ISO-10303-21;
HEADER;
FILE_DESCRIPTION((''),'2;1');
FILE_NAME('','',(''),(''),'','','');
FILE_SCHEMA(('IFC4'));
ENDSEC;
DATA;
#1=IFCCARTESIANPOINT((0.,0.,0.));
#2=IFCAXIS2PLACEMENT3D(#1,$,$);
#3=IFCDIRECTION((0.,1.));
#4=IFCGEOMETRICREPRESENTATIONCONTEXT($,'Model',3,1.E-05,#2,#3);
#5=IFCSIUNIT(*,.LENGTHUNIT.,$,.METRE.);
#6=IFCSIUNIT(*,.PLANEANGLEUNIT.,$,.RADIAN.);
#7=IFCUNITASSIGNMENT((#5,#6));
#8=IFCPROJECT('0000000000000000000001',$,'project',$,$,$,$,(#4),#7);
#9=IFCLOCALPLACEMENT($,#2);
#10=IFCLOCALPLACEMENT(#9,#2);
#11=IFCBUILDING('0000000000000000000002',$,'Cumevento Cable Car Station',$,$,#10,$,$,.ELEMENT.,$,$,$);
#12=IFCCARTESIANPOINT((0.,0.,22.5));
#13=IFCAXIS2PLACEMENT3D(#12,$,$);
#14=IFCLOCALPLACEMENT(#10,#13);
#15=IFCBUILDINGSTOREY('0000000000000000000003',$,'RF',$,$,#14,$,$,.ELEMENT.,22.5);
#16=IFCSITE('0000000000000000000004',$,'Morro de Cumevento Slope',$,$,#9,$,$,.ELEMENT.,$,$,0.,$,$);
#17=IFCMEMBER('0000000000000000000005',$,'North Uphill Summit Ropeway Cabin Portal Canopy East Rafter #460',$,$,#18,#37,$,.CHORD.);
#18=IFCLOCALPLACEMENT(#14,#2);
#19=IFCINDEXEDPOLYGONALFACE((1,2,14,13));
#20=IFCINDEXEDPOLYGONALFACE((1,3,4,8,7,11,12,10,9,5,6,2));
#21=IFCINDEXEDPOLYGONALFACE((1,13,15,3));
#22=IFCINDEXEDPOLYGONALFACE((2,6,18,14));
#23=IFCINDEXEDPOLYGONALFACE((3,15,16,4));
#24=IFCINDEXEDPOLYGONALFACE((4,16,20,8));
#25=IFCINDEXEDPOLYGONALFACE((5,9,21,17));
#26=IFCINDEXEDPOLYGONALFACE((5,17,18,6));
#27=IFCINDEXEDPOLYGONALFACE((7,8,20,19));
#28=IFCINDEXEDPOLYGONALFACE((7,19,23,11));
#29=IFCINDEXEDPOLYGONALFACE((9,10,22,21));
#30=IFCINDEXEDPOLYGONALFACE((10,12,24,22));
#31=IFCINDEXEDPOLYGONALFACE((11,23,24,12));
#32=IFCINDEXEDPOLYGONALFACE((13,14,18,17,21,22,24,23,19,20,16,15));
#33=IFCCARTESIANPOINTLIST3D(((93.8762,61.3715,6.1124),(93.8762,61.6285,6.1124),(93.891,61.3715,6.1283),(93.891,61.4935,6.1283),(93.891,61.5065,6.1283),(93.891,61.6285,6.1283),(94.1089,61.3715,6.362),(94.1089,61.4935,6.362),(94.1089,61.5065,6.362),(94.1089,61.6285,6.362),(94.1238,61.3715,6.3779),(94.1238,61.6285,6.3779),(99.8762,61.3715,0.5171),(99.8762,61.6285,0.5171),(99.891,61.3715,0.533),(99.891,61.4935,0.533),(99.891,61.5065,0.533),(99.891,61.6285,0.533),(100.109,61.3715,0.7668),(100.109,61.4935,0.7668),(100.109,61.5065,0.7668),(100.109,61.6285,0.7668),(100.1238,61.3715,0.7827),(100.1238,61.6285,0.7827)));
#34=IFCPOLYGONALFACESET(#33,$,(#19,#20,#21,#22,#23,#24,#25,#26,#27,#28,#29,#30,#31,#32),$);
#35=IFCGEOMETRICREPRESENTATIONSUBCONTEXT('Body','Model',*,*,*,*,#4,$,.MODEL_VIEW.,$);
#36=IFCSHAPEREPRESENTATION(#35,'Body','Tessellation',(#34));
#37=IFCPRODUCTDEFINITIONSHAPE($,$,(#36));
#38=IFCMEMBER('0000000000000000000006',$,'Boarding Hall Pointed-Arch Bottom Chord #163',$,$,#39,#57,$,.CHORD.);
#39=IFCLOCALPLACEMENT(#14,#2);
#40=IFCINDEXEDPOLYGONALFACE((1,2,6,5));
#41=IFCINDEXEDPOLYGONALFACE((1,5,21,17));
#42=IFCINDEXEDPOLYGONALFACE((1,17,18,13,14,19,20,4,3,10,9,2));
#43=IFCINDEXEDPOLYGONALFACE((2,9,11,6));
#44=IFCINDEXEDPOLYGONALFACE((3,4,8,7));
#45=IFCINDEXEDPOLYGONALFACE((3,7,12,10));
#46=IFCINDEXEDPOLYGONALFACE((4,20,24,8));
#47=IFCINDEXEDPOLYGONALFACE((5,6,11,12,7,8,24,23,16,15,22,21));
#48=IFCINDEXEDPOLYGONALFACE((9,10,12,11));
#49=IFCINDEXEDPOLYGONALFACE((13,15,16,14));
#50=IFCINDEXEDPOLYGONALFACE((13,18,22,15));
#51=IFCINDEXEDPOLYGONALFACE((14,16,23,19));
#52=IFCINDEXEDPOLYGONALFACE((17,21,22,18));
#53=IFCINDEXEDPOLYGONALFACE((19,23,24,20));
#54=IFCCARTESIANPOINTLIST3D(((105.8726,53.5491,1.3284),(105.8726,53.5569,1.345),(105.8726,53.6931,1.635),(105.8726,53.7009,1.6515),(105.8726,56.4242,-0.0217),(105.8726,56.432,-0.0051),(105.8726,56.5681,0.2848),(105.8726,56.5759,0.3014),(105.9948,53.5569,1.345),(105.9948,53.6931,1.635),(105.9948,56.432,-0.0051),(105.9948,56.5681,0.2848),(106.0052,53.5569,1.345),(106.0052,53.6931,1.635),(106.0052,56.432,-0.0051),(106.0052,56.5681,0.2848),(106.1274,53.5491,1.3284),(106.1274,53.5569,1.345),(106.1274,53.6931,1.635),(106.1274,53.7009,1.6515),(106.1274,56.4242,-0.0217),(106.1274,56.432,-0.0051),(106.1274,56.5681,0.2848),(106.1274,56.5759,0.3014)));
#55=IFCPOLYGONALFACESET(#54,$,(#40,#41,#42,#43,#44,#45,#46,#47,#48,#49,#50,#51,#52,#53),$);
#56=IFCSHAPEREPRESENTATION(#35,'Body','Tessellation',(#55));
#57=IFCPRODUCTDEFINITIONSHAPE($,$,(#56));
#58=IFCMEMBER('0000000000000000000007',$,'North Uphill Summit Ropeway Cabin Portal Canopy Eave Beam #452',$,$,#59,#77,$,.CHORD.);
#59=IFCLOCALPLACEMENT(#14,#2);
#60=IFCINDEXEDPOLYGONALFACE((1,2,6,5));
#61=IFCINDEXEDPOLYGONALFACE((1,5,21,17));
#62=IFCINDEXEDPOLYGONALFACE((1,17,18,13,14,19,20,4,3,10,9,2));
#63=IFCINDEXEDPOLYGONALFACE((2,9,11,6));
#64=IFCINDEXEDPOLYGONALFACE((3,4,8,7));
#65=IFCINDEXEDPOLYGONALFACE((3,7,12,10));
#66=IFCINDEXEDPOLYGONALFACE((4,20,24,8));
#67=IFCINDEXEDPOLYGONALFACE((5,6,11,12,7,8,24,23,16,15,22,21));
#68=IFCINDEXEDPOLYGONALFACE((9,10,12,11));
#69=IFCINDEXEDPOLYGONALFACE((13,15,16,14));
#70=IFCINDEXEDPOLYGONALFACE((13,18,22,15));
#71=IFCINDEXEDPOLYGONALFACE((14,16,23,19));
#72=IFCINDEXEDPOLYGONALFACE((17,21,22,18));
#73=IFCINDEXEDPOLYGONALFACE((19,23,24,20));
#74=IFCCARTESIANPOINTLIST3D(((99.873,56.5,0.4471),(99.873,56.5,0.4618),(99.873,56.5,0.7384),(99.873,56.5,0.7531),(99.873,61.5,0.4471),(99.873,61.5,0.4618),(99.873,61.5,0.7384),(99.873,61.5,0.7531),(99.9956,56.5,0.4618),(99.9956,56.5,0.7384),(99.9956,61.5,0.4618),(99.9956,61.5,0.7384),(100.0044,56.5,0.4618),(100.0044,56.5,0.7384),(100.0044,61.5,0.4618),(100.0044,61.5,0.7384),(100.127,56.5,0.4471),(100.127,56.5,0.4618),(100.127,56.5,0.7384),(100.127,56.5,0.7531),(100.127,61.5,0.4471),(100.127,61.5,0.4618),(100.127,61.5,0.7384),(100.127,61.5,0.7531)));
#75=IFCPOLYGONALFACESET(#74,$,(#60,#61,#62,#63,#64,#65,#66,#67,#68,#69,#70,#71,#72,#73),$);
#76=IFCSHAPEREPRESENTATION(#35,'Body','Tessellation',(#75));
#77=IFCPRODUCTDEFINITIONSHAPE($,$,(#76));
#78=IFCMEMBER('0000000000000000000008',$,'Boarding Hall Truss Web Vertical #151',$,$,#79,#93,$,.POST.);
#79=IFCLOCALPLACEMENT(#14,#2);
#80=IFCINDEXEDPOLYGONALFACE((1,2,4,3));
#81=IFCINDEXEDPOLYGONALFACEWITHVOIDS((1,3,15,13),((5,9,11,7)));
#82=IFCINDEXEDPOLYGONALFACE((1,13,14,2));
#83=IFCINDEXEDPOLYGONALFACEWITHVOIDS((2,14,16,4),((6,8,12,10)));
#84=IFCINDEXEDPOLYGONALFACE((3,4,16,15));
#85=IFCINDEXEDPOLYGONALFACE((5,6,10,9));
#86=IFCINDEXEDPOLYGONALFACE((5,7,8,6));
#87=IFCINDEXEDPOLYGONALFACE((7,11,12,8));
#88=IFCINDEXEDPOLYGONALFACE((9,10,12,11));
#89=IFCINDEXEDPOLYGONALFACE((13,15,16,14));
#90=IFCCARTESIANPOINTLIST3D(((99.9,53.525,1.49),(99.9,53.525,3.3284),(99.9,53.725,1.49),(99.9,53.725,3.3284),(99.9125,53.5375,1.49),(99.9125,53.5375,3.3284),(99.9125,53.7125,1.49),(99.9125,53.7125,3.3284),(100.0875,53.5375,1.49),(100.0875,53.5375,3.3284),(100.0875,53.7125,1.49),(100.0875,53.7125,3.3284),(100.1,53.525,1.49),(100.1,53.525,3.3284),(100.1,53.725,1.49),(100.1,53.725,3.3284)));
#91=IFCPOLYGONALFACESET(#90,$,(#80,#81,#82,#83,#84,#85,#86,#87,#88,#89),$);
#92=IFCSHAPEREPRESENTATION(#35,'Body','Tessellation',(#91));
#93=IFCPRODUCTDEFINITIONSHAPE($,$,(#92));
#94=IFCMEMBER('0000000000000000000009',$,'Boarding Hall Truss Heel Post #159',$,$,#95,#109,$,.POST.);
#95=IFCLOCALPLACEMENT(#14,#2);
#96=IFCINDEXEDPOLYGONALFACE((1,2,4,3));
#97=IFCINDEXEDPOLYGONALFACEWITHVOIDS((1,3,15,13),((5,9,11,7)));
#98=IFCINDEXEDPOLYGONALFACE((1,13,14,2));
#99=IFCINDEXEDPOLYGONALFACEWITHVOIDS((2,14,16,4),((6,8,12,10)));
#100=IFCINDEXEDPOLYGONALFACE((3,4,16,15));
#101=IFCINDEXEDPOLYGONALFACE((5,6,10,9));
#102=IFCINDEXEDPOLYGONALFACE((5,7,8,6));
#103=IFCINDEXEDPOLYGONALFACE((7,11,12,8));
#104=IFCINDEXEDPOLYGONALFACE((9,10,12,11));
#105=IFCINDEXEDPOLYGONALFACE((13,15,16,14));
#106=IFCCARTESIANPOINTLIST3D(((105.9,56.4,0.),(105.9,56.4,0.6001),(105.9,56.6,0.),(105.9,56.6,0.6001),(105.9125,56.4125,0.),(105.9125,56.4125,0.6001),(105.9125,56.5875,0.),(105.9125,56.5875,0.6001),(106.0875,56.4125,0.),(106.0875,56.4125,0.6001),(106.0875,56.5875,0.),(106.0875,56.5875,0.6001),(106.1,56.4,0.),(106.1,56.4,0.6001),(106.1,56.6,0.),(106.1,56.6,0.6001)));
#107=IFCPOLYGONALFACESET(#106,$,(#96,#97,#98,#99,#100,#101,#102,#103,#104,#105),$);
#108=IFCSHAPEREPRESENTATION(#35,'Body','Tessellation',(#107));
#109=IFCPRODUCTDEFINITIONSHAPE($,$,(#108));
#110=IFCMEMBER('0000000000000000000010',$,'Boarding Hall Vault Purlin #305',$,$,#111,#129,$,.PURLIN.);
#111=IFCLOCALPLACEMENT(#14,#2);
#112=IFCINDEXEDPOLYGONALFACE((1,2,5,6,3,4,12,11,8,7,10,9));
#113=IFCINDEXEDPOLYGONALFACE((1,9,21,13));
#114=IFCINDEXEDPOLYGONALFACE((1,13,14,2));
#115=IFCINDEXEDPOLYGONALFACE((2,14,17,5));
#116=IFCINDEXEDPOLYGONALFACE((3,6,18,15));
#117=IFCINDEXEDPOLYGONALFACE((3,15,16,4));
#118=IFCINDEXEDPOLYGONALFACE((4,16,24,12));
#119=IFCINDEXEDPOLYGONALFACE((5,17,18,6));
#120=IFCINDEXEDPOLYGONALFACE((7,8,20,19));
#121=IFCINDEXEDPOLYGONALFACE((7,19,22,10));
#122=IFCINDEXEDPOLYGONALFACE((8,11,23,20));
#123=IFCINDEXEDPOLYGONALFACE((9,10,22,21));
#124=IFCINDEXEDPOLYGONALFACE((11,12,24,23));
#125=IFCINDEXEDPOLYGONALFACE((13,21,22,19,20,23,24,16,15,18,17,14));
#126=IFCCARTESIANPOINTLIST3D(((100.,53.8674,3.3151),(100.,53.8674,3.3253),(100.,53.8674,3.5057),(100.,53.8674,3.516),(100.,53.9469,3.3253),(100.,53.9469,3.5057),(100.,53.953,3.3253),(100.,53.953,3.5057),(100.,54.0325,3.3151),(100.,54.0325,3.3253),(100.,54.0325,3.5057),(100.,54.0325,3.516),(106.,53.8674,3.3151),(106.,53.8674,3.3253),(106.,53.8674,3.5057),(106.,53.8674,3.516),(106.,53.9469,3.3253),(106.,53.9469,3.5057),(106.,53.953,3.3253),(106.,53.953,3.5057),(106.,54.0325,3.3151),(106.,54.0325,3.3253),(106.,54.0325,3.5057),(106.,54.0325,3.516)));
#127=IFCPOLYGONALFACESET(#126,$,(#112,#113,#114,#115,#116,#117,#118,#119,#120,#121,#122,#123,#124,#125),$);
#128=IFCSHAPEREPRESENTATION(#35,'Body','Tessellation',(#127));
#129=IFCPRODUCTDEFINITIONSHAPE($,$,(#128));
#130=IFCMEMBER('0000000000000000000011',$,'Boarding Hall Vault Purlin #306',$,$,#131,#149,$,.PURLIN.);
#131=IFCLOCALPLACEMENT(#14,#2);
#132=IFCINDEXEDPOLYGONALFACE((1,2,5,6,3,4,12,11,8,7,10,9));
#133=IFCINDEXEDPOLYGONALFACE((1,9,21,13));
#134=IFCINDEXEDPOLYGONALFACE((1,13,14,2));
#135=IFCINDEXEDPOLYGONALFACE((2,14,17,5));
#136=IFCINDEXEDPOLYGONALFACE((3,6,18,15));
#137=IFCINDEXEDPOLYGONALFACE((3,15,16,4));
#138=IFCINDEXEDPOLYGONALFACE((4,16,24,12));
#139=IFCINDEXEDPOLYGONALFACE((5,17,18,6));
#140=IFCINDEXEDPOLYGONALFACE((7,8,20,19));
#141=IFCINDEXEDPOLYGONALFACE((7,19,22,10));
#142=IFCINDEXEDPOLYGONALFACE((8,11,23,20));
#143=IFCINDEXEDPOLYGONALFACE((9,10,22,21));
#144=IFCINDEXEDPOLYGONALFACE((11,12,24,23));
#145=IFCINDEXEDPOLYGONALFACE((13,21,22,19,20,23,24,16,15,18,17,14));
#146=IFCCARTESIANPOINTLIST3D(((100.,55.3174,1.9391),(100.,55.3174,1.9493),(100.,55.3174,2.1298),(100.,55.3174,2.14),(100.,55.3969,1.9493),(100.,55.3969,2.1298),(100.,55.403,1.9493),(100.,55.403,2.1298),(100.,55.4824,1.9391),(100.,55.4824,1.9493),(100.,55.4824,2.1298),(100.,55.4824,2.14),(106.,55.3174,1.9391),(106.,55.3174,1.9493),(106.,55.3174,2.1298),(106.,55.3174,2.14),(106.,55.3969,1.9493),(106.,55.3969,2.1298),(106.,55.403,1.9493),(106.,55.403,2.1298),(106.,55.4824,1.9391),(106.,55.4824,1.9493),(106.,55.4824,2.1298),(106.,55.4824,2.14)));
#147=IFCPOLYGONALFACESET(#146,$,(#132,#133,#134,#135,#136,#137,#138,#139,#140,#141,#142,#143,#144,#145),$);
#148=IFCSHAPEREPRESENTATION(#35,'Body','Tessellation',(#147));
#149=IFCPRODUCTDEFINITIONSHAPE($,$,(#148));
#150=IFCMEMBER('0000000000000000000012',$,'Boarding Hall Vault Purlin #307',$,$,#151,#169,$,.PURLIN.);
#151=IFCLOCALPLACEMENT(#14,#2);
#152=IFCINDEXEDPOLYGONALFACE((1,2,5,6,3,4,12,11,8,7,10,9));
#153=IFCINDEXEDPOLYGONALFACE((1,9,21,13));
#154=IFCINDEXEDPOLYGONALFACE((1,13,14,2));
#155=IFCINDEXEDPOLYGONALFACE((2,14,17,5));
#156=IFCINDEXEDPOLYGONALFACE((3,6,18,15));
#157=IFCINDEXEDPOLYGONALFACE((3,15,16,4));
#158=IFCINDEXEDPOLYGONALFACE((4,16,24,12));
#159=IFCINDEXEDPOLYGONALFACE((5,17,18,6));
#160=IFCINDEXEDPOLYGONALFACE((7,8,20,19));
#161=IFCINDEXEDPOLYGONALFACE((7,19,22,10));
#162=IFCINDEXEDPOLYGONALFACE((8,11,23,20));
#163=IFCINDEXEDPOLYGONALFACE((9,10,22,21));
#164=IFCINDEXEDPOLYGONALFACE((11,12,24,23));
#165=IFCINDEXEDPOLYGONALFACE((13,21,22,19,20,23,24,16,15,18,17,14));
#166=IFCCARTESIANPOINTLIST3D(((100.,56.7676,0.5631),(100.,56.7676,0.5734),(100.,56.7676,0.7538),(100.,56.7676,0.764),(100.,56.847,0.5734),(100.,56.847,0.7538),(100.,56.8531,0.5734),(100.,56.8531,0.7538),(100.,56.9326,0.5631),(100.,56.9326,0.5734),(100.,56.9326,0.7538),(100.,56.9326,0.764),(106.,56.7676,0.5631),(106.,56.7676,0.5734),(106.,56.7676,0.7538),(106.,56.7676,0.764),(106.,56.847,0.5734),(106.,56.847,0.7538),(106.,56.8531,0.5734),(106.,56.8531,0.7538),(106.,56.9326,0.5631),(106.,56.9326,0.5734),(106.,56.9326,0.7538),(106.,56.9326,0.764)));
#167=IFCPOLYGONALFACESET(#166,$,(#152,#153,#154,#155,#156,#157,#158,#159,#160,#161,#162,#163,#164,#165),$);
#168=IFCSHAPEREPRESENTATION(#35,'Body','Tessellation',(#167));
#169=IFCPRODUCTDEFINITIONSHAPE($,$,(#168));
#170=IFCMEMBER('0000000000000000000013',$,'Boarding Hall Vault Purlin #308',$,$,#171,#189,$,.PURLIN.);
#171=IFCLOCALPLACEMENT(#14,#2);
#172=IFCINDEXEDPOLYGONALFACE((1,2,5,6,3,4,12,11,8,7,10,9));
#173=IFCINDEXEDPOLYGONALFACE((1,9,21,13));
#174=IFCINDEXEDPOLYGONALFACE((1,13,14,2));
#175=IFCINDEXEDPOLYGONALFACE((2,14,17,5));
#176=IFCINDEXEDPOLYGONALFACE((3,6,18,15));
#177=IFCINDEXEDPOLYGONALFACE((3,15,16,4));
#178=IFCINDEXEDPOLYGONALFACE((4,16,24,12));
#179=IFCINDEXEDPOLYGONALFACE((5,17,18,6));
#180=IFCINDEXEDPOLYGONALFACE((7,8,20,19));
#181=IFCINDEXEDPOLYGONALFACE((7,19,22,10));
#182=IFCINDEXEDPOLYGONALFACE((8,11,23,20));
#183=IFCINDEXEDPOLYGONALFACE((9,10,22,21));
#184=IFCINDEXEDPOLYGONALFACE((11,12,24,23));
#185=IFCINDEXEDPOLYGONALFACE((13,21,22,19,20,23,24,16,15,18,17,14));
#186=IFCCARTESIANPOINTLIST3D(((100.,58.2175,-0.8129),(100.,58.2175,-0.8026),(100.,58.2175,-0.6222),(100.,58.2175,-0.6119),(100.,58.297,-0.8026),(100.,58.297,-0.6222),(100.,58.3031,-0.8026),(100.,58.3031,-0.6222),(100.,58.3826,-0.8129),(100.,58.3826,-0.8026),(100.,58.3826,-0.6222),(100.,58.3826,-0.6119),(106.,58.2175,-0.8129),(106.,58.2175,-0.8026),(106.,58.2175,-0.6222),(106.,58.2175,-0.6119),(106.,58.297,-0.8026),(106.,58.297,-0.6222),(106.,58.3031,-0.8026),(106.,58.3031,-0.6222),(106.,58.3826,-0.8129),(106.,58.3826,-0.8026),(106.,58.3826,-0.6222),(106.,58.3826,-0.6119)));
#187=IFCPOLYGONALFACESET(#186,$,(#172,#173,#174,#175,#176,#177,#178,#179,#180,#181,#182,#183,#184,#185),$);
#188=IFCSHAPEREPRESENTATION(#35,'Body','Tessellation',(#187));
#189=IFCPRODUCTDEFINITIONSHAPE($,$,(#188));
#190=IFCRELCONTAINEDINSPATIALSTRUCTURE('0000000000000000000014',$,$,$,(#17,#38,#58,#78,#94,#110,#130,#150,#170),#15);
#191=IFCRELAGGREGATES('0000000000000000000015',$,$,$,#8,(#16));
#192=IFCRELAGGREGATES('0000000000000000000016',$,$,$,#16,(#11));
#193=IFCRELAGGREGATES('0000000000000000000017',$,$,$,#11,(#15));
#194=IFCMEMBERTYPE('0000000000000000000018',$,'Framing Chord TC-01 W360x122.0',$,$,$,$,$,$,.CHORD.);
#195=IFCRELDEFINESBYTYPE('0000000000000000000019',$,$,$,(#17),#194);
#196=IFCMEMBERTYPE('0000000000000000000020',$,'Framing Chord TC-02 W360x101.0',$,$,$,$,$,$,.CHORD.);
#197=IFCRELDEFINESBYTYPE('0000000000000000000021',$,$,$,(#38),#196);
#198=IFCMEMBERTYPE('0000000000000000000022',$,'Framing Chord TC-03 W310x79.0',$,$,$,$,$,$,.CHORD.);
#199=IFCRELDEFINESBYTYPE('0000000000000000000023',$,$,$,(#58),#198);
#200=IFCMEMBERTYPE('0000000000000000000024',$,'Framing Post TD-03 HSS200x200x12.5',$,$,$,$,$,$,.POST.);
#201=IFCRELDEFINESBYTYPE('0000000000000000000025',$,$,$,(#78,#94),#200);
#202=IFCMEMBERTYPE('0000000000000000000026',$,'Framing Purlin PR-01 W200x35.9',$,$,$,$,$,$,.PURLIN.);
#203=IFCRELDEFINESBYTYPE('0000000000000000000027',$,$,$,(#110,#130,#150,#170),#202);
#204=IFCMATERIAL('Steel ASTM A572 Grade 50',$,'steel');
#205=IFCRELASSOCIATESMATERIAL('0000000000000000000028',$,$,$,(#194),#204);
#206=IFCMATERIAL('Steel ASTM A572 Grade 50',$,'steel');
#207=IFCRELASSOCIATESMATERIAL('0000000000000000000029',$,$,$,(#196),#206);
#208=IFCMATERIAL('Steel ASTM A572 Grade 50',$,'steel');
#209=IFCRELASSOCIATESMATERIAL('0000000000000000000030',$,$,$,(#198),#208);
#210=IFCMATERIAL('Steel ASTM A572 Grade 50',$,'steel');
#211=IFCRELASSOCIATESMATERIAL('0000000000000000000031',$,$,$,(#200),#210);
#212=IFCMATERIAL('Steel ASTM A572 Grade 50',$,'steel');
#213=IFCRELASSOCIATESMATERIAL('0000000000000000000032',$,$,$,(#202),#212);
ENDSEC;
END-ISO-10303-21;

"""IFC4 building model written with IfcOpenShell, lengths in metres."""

from ifc_helpers import new_model, si_unit, direction, frame, origin, origin_2d, place, context, subcontext, project, spatial, hollow_rectangle, i_section, extrude, material, material_profile, profile_set, type_object, element, save


model = new_model("IFC4")

# Units and contexts
model_context = context("Model", 3, precision=1e-05, world=origin(), true_north=direction((0.0, 1.0)))
body_context = subcontext(model_context, "Body", "Model", "MODEL_VIEW")
ifc_project = project(units=[si_unit("LENGTHUNIT", "METRE"), si_unit("PLANEANGLEUNIT", "RADIAN")], contexts=[model_context])

# Site, building, storey
site_placement = place(None, origin())
site = spatial("IfcSite", under=ifc_project, at=site_placement, Name="Morro de Cumevento Slope", CompositionType="ELEMENT", RefElevation=0.0)
building_placement = place(site_placement, origin())
building = spatial("IfcBuilding", under=site, at=building_placement, Name="Cumevento Cable Car Station", CompositionType="ELEMENT")
storey_placement = place(building_placement, frame((0.0, 0.0, 22.5)))
storey = spatial("IfcBuildingStorey", under=building, at=storey_placement, Name="RF", CompositionType="ELEMENT", Elevation=22.5)

# Members
ifc_material_1 = material(Name="Steel ASTM A572 Grade 50", Category="steel")
ifc_material_profile_1 = material_profile(ifc_material_1, i_section(OverallWidth=0.2571, OverallDepth=0.363, WebThickness=0.0129, FlangeThickness=0.0217, at=origin_2d()), Name="W360x122.0")
ifc_profile_set_1 = profile_set([ifc_material_profile_1], Name="Steel ASTM A572 Grade 50")
member_type_1 = type_object("IfcMemberType", Name="Framing Chord TC-01 W360x122.0", PredefinedType="CHORD", material=ifc_profile_set_1)
for number, where, z_axis, x_axis, name in (
    (1, (100.0, 61.5, 0.6499), (-0.731346, 0.0, 0.682006), (0.0, -1.0, 0.0), "North Uphill Summit Ropeway Cabin Portal Canopy East Rafter #460"),
):
    element("IfcMember", number, at=place(storey_placement, frame(where, z_axis=z_axis, x_axis=x_axis)), inside=storey, type_object=member_type_1, Name=name, PredefinedType="CHORD", context=body_context, shape_type="SweptSolid", body=[
        extrude(i_section(OverallWidth=0.2571, OverallDepth=0.363, WebThickness=0.0129, FlangeThickness=0.0217, at=origin_2d()), origin(), (0.0, 0.0, 1.0), 8.2041),
    ])
ifc_material_2 = material(Name="Steel ASTM A572 Grade 50", Category="steel")
ifc_material_profile_2 = material_profile(ifc_material_2, i_section(OverallWidth=0.2549, OverallDepth=0.3569, WebThickness=0.0105, FlangeThickness=0.0183, at=origin_2d()), Name="W360x101.0")
ifc_profile_set_2 = profile_set([ifc_material_profile_2], Name="Steel ASTM A572 Grade 50")
member_type_2 = type_object("IfcMemberType", Name="Framing Chord TC-02 W360x101.0", PredefinedType="CHORD", material=ifc_profile_set_2)
member_1_placement = place(storey_placement, frame((106.0, 53.625, 1.49), z_axis=(0.0, 0.905163, -0.425064), x_axis=(-1.0, 0.0, 0.0)))
element("IfcMember", 2, at=member_1_placement, inside=storey, type_object=member_type_2, Name="Boarding Hall Pointed-Arch Bottom Chord #163", PredefinedType="CHORD", context=body_context, shape_type="SweptSolid", body=[
    extrude(i_section(OverallWidth=0.2549, OverallDepth=0.3569, WebThickness=0.0105, FlangeThickness=0.0183, at=origin_2d()), origin(), (0.0, 0.0, 1.0), 3.1763),
])
ifc_material_3 = material(Name="Steel ASTM A572 Grade 50", Category="steel")
ifc_material_profile_3 = material_profile(ifc_material_3, i_section(OverallWidth=0.2539, OverallDepth=0.3059, WebThickness=0.0088, FlangeThickness=0.0146, at=origin_2d()), Name="W310x79.0")
ifc_profile_set_3 = profile_set([ifc_material_profile_3], Name="Steel ASTM A572 Grade 50")
member_type_3 = type_object("IfcMemberType", Name="Framing Chord TC-03 W310x79.0", PredefinedType="CHORD", material=ifc_profile_set_3)
member_2_placement = place(storey_placement, frame((100.0, 56.5, 0.6001), z_axis=(0.0, 1.0, 0.0), x_axis=(-1.0, 0.0, 0.0)))
element("IfcMember", 3, at=member_2_placement, inside=storey, type_object=member_type_3, Name="North Uphill Summit Ropeway Cabin Portal Canopy Eave Beam #452", PredefinedType="CHORD", context=body_context, shape_type="SweptSolid", body=[
    extrude(i_section(OverallWidth=0.2539, OverallDepth=0.3059, WebThickness=0.0088, FlangeThickness=0.0146, at=origin_2d()), origin(), (0.0, 0.0, 1.0), 5.0),
])
ifc_material_4 = material(Name="Steel ASTM A572 Grade 50", Category="steel")
ifc_material_profile_4 = material_profile(ifc_material_4, hollow_rectangle(XDim=0.2, YDim=0.2, WallThickness=0.0125, at=origin_2d()), Name="HSS200x200x12.5")
ifc_profile_set_4 = profile_set([ifc_material_profile_4], Name="Steel ASTM A572 Grade 50")
member_type_4 = type_object("IfcMemberType", Name="Framing Post TD-03 HSS200x200x12.5", PredefinedType="POST", material=ifc_profile_set_4)
member_3_placement = place(storey_placement, frame((100.0, 53.625, 1.49), z_axis=(0.0, 0.0, 1.0), x_axis=(1.0, 0.0, 0.0)))
element("IfcMember", 4, at=member_3_placement, inside=storey, type_object=member_type_4, Name="Boarding Hall Truss Web Vertical #151", PredefinedType="POST", context=body_context, shape_type="SweptSolid", body=[
    extrude(hollow_rectangle(XDim=0.2, YDim=0.2, WallThickness=0.0125, at=origin_2d()), origin(), (0.0, 0.0, 1.0), 1.8384),
])
member_4_placement = place(storey_placement, frame((106.0, 56.5, 0.0), z_axis=(0.0, 0.0, 1.0), x_axis=(1.0, 0.0, 0.0)))
element("IfcMember", 5, at=member_4_placement, inside=storey, type_object=member_type_4, Name="Boarding Hall Truss Heel Post #159", PredefinedType="POST", context=body_context, shape_type="SweptSolid", body=[
    extrude(hollow_rectangle(XDim=0.2, YDim=0.2, WallThickness=0.0125, at=origin_2d()), origin(), (0.0, 0.0, 1.0), 0.6001),
])
ifc_material_5 = material(Name="Steel ASTM A572 Grade 50", Category="steel")
ifc_material_profile_5 = material_profile(ifc_material_5, i_section(OverallWidth=0.165, OverallDepth=0.2009, WebThickness=0.0061, FlangeThickness=0.0103, at=origin_2d()), Name="W200x35.9")
ifc_profile_set_5 = profile_set([ifc_material_profile_5], Name="Steel ASTM A572 Grade 50")
member_type_5 = type_object("IfcMemberType", Name="Framing Purlin PR-01 W200x35.9", PredefinedType="PURLIN", material=ifc_profile_set_5)
for number, where, z_axis, x_axis, name in (
    (6, (100.0, 53.95, 3.4155), (1.0, 0.0, 0.0), (0.0, 1.0, 0.0), "Boarding Hall Vault Purlin #305"),
    (7, (100.0, 55.3999, 2.0396), (1.0, 0.0, 0.0), (0.0, 1.0, 0.0), "Boarding Hall Vault Purlin #306"),
    (8, (100.0, 56.8501, 0.6636), (1.0, 0.0, 0.0), (0.0, 1.0, 0.0), "Boarding Hall Vault Purlin #307"),
    (9, (100.0, 58.3, -0.7124), (1.0, 0.0, 0.0), (0.0, 1.0, 0.0), "Boarding Hall Vault Purlin #308"),
):
    element("IfcMember", number, at=place(storey_placement, frame(where, z_axis=z_axis, x_axis=x_axis)), inside=storey, type_object=member_type_5, Name=name, PredefinedType="PURLIN", context=body_context, shape_type="SweptSolid", body=[
        extrude(i_section(OverallWidth=0.165, OverallDepth=0.2009, WebThickness=0.0061, FlangeThickness=0.0103, at=origin_2d()), origin(), (0.0, 0.0, 1.0), 6.0),
    ])

save(model, "model.ifc")
